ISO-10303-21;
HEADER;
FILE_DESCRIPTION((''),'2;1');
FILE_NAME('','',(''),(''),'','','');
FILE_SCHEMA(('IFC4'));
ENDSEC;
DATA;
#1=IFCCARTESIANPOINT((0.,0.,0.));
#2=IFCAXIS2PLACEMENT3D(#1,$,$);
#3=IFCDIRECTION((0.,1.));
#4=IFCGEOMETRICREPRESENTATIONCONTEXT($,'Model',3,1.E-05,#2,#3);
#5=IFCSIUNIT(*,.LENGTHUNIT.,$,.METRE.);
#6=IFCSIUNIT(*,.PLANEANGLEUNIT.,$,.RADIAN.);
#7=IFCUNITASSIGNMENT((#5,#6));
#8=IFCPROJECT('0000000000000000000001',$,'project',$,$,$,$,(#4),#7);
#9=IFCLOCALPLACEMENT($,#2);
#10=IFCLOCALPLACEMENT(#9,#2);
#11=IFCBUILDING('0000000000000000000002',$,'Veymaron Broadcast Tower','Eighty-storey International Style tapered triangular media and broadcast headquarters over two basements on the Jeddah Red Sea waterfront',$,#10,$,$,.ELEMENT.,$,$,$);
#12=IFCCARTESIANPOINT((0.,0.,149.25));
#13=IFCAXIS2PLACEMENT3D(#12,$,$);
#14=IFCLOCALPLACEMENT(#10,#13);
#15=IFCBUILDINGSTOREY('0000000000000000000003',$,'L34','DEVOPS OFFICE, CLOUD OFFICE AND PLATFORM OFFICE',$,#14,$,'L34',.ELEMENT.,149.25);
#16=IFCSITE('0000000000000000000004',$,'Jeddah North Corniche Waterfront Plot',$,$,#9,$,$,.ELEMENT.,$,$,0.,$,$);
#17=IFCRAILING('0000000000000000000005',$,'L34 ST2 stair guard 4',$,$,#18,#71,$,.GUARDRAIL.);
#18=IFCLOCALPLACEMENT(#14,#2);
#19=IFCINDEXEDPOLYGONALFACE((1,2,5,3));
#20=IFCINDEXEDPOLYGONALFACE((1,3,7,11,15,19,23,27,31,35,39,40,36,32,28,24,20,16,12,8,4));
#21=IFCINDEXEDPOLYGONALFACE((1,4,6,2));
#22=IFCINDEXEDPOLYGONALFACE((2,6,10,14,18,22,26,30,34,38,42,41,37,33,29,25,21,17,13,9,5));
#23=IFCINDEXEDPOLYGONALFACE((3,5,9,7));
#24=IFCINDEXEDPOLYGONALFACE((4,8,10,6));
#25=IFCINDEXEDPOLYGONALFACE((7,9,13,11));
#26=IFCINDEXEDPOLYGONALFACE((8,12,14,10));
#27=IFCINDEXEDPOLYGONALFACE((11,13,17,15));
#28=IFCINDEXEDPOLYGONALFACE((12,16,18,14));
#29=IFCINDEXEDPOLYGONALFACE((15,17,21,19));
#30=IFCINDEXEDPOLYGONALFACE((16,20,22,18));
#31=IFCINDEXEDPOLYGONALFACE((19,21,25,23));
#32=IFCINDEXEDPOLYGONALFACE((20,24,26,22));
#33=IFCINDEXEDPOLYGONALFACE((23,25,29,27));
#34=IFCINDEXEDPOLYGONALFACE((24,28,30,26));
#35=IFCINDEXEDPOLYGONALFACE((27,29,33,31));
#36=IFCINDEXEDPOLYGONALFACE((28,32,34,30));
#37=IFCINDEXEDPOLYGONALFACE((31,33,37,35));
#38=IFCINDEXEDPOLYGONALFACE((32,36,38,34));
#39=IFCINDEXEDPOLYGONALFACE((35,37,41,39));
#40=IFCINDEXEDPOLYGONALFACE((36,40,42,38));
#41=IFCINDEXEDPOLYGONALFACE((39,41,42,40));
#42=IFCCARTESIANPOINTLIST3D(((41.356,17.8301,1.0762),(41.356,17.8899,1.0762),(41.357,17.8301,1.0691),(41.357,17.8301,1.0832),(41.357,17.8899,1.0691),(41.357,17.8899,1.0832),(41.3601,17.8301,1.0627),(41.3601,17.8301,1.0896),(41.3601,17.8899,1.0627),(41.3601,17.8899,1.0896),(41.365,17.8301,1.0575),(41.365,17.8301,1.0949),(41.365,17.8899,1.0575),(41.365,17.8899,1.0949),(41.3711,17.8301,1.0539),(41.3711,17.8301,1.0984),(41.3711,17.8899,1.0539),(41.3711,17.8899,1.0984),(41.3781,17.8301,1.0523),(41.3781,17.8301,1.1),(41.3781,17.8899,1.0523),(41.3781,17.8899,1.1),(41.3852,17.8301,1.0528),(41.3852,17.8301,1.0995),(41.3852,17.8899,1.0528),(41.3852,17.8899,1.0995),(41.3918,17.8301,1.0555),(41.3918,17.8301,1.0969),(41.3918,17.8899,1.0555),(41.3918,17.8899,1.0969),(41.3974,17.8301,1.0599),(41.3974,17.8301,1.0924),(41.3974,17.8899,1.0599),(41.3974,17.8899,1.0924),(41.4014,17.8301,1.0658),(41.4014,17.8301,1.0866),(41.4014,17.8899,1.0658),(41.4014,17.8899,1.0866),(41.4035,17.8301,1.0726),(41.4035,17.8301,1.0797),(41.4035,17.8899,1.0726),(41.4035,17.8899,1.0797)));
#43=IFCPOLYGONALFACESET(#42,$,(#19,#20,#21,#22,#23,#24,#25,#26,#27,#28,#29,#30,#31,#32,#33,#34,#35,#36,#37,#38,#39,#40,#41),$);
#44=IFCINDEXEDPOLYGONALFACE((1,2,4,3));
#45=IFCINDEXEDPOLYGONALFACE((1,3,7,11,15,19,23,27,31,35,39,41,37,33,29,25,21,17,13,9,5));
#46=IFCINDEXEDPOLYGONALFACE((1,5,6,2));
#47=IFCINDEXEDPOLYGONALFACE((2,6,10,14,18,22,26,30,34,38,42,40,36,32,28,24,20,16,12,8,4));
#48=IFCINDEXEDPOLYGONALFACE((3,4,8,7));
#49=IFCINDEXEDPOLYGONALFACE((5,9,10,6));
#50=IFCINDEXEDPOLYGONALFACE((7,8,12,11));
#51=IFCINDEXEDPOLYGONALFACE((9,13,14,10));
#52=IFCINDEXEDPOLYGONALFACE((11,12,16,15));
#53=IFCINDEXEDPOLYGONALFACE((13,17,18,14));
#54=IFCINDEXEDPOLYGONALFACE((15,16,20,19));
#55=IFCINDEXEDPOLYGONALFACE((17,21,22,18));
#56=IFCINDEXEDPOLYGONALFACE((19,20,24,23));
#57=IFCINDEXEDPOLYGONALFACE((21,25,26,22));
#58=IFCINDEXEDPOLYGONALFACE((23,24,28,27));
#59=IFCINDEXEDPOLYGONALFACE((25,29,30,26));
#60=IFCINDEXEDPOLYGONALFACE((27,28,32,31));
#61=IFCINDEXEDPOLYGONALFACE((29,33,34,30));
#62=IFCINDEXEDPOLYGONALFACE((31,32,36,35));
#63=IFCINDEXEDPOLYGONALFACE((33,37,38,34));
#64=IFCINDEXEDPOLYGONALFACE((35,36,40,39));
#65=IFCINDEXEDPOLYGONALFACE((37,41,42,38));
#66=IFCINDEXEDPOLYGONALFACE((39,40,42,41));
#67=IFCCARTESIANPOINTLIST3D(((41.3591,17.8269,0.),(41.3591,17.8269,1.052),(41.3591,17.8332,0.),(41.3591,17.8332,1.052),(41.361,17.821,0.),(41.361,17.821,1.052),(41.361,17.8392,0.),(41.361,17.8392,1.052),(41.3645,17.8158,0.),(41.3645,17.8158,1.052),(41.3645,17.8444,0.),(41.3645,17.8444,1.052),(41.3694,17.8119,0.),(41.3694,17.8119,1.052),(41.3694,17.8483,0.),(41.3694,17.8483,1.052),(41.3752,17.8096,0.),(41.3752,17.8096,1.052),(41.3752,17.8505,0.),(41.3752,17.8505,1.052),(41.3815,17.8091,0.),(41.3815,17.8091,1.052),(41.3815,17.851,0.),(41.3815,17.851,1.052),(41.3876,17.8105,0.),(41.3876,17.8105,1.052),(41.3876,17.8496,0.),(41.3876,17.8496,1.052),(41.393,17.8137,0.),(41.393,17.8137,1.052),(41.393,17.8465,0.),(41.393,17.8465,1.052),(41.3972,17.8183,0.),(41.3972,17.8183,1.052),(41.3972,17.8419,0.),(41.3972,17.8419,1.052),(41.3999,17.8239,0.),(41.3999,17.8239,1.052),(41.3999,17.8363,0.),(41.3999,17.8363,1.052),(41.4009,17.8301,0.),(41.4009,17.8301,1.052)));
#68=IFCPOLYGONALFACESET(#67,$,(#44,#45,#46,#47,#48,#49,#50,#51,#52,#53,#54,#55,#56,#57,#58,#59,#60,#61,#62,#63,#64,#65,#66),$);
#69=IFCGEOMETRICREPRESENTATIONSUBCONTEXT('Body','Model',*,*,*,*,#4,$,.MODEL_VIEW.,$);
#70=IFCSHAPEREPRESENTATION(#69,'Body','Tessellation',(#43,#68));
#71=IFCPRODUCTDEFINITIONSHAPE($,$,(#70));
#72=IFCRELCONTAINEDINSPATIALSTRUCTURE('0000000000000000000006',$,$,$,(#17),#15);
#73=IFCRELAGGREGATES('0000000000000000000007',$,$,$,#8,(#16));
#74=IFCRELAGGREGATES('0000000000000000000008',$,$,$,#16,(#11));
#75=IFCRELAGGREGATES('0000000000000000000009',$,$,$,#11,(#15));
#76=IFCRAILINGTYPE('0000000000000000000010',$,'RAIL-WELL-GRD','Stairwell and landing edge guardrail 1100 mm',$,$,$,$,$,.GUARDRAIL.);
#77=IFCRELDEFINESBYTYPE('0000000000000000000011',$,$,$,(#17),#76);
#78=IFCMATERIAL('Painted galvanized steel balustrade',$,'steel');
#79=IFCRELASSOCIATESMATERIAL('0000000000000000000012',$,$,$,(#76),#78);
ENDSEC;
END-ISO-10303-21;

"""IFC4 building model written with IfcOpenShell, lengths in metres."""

from ifc_helpers import new_model, si_unit, direction, frame, origin, origin_2d, place, context, subcontext, project, spatial, circle, extrude, material, type_object, element, save


model = new_model("IFC4")

# Units and contexts
model_context = context("Model", 3, precision=1e-05, world=origin(), true_north=direction((0.0, 1.0)))
body_context = subcontext(model_context, "Body", "Model", "MODEL_VIEW")
ifc_project = project(units=[si_unit("LENGTHUNIT", "METRE"), si_unit("PLANEANGLEUNIT", "RADIAN")], contexts=[model_context])

# Site, building, storey
site_placement = place(None, origin())
site = spatial("IfcSite", under=ifc_project, at=site_placement, Name="Jeddah North Corniche Waterfront Plot", CompositionType="ELEMENT", RefElevation=0.0)
building_placement = place(site_placement, origin())
building = spatial("IfcBuilding", under=site, at=building_placement, Name="Veymaron Broadcast Tower", Description="Eighty-storey International Style tapered triangular media and broadcast headquarters over two basements on the Jeddah Red Sea waterfront", CompositionType="ELEMENT")
storey_placement = place(building_placement, frame((0.0, 0.0, 149.25)))
storey = spatial("IfcBuildingStorey", under=building, at=storey_placement, Name="L34", Description="DEVOPS OFFICE, CLOUD OFFICE AND PLATFORM OFFICE", LongName="L34", CompositionType="ELEMENT", Elevation=149.25)

# Railing
ifc_material_1 = material(Name="Painted galvanized steel balustrade", Category="steel")
railing_type_1 = type_object("IfcRailingType", Name="RAIL-WELL-GRD", Description="Stairwell and landing edge guardrail 1100 mm", PredefinedType="GUARDRAIL", material=ifc_material_1)
railing_1_placement = place(storey_placement, frame((41.3799, 17.8301, 0.0)))
element("IfcRailing", 1, at=railing_1_placement, inside=storey, type_object=railing_type_1, Name="L34 ST2 stair guard 4", PredefinedType="GUARDRAIL", context=body_context, shape_type="SweptSolid", body=[
    extrude(circle(Radius=0.0239, at=origin_2d()), frame((0.0, 0.0, 1.0762), z_axis=(0.0, 1.0, 0.0), x_axis=(-1.0, 0.0, 0.0)), (0.0, 0.0, 1.0), 0.0598),
    extrude(circle(Radius=0.021, at=origin_2d()), origin(), (0.0, 0.0, 1.0), 1.052),
])

save(model, "model.ifc")
